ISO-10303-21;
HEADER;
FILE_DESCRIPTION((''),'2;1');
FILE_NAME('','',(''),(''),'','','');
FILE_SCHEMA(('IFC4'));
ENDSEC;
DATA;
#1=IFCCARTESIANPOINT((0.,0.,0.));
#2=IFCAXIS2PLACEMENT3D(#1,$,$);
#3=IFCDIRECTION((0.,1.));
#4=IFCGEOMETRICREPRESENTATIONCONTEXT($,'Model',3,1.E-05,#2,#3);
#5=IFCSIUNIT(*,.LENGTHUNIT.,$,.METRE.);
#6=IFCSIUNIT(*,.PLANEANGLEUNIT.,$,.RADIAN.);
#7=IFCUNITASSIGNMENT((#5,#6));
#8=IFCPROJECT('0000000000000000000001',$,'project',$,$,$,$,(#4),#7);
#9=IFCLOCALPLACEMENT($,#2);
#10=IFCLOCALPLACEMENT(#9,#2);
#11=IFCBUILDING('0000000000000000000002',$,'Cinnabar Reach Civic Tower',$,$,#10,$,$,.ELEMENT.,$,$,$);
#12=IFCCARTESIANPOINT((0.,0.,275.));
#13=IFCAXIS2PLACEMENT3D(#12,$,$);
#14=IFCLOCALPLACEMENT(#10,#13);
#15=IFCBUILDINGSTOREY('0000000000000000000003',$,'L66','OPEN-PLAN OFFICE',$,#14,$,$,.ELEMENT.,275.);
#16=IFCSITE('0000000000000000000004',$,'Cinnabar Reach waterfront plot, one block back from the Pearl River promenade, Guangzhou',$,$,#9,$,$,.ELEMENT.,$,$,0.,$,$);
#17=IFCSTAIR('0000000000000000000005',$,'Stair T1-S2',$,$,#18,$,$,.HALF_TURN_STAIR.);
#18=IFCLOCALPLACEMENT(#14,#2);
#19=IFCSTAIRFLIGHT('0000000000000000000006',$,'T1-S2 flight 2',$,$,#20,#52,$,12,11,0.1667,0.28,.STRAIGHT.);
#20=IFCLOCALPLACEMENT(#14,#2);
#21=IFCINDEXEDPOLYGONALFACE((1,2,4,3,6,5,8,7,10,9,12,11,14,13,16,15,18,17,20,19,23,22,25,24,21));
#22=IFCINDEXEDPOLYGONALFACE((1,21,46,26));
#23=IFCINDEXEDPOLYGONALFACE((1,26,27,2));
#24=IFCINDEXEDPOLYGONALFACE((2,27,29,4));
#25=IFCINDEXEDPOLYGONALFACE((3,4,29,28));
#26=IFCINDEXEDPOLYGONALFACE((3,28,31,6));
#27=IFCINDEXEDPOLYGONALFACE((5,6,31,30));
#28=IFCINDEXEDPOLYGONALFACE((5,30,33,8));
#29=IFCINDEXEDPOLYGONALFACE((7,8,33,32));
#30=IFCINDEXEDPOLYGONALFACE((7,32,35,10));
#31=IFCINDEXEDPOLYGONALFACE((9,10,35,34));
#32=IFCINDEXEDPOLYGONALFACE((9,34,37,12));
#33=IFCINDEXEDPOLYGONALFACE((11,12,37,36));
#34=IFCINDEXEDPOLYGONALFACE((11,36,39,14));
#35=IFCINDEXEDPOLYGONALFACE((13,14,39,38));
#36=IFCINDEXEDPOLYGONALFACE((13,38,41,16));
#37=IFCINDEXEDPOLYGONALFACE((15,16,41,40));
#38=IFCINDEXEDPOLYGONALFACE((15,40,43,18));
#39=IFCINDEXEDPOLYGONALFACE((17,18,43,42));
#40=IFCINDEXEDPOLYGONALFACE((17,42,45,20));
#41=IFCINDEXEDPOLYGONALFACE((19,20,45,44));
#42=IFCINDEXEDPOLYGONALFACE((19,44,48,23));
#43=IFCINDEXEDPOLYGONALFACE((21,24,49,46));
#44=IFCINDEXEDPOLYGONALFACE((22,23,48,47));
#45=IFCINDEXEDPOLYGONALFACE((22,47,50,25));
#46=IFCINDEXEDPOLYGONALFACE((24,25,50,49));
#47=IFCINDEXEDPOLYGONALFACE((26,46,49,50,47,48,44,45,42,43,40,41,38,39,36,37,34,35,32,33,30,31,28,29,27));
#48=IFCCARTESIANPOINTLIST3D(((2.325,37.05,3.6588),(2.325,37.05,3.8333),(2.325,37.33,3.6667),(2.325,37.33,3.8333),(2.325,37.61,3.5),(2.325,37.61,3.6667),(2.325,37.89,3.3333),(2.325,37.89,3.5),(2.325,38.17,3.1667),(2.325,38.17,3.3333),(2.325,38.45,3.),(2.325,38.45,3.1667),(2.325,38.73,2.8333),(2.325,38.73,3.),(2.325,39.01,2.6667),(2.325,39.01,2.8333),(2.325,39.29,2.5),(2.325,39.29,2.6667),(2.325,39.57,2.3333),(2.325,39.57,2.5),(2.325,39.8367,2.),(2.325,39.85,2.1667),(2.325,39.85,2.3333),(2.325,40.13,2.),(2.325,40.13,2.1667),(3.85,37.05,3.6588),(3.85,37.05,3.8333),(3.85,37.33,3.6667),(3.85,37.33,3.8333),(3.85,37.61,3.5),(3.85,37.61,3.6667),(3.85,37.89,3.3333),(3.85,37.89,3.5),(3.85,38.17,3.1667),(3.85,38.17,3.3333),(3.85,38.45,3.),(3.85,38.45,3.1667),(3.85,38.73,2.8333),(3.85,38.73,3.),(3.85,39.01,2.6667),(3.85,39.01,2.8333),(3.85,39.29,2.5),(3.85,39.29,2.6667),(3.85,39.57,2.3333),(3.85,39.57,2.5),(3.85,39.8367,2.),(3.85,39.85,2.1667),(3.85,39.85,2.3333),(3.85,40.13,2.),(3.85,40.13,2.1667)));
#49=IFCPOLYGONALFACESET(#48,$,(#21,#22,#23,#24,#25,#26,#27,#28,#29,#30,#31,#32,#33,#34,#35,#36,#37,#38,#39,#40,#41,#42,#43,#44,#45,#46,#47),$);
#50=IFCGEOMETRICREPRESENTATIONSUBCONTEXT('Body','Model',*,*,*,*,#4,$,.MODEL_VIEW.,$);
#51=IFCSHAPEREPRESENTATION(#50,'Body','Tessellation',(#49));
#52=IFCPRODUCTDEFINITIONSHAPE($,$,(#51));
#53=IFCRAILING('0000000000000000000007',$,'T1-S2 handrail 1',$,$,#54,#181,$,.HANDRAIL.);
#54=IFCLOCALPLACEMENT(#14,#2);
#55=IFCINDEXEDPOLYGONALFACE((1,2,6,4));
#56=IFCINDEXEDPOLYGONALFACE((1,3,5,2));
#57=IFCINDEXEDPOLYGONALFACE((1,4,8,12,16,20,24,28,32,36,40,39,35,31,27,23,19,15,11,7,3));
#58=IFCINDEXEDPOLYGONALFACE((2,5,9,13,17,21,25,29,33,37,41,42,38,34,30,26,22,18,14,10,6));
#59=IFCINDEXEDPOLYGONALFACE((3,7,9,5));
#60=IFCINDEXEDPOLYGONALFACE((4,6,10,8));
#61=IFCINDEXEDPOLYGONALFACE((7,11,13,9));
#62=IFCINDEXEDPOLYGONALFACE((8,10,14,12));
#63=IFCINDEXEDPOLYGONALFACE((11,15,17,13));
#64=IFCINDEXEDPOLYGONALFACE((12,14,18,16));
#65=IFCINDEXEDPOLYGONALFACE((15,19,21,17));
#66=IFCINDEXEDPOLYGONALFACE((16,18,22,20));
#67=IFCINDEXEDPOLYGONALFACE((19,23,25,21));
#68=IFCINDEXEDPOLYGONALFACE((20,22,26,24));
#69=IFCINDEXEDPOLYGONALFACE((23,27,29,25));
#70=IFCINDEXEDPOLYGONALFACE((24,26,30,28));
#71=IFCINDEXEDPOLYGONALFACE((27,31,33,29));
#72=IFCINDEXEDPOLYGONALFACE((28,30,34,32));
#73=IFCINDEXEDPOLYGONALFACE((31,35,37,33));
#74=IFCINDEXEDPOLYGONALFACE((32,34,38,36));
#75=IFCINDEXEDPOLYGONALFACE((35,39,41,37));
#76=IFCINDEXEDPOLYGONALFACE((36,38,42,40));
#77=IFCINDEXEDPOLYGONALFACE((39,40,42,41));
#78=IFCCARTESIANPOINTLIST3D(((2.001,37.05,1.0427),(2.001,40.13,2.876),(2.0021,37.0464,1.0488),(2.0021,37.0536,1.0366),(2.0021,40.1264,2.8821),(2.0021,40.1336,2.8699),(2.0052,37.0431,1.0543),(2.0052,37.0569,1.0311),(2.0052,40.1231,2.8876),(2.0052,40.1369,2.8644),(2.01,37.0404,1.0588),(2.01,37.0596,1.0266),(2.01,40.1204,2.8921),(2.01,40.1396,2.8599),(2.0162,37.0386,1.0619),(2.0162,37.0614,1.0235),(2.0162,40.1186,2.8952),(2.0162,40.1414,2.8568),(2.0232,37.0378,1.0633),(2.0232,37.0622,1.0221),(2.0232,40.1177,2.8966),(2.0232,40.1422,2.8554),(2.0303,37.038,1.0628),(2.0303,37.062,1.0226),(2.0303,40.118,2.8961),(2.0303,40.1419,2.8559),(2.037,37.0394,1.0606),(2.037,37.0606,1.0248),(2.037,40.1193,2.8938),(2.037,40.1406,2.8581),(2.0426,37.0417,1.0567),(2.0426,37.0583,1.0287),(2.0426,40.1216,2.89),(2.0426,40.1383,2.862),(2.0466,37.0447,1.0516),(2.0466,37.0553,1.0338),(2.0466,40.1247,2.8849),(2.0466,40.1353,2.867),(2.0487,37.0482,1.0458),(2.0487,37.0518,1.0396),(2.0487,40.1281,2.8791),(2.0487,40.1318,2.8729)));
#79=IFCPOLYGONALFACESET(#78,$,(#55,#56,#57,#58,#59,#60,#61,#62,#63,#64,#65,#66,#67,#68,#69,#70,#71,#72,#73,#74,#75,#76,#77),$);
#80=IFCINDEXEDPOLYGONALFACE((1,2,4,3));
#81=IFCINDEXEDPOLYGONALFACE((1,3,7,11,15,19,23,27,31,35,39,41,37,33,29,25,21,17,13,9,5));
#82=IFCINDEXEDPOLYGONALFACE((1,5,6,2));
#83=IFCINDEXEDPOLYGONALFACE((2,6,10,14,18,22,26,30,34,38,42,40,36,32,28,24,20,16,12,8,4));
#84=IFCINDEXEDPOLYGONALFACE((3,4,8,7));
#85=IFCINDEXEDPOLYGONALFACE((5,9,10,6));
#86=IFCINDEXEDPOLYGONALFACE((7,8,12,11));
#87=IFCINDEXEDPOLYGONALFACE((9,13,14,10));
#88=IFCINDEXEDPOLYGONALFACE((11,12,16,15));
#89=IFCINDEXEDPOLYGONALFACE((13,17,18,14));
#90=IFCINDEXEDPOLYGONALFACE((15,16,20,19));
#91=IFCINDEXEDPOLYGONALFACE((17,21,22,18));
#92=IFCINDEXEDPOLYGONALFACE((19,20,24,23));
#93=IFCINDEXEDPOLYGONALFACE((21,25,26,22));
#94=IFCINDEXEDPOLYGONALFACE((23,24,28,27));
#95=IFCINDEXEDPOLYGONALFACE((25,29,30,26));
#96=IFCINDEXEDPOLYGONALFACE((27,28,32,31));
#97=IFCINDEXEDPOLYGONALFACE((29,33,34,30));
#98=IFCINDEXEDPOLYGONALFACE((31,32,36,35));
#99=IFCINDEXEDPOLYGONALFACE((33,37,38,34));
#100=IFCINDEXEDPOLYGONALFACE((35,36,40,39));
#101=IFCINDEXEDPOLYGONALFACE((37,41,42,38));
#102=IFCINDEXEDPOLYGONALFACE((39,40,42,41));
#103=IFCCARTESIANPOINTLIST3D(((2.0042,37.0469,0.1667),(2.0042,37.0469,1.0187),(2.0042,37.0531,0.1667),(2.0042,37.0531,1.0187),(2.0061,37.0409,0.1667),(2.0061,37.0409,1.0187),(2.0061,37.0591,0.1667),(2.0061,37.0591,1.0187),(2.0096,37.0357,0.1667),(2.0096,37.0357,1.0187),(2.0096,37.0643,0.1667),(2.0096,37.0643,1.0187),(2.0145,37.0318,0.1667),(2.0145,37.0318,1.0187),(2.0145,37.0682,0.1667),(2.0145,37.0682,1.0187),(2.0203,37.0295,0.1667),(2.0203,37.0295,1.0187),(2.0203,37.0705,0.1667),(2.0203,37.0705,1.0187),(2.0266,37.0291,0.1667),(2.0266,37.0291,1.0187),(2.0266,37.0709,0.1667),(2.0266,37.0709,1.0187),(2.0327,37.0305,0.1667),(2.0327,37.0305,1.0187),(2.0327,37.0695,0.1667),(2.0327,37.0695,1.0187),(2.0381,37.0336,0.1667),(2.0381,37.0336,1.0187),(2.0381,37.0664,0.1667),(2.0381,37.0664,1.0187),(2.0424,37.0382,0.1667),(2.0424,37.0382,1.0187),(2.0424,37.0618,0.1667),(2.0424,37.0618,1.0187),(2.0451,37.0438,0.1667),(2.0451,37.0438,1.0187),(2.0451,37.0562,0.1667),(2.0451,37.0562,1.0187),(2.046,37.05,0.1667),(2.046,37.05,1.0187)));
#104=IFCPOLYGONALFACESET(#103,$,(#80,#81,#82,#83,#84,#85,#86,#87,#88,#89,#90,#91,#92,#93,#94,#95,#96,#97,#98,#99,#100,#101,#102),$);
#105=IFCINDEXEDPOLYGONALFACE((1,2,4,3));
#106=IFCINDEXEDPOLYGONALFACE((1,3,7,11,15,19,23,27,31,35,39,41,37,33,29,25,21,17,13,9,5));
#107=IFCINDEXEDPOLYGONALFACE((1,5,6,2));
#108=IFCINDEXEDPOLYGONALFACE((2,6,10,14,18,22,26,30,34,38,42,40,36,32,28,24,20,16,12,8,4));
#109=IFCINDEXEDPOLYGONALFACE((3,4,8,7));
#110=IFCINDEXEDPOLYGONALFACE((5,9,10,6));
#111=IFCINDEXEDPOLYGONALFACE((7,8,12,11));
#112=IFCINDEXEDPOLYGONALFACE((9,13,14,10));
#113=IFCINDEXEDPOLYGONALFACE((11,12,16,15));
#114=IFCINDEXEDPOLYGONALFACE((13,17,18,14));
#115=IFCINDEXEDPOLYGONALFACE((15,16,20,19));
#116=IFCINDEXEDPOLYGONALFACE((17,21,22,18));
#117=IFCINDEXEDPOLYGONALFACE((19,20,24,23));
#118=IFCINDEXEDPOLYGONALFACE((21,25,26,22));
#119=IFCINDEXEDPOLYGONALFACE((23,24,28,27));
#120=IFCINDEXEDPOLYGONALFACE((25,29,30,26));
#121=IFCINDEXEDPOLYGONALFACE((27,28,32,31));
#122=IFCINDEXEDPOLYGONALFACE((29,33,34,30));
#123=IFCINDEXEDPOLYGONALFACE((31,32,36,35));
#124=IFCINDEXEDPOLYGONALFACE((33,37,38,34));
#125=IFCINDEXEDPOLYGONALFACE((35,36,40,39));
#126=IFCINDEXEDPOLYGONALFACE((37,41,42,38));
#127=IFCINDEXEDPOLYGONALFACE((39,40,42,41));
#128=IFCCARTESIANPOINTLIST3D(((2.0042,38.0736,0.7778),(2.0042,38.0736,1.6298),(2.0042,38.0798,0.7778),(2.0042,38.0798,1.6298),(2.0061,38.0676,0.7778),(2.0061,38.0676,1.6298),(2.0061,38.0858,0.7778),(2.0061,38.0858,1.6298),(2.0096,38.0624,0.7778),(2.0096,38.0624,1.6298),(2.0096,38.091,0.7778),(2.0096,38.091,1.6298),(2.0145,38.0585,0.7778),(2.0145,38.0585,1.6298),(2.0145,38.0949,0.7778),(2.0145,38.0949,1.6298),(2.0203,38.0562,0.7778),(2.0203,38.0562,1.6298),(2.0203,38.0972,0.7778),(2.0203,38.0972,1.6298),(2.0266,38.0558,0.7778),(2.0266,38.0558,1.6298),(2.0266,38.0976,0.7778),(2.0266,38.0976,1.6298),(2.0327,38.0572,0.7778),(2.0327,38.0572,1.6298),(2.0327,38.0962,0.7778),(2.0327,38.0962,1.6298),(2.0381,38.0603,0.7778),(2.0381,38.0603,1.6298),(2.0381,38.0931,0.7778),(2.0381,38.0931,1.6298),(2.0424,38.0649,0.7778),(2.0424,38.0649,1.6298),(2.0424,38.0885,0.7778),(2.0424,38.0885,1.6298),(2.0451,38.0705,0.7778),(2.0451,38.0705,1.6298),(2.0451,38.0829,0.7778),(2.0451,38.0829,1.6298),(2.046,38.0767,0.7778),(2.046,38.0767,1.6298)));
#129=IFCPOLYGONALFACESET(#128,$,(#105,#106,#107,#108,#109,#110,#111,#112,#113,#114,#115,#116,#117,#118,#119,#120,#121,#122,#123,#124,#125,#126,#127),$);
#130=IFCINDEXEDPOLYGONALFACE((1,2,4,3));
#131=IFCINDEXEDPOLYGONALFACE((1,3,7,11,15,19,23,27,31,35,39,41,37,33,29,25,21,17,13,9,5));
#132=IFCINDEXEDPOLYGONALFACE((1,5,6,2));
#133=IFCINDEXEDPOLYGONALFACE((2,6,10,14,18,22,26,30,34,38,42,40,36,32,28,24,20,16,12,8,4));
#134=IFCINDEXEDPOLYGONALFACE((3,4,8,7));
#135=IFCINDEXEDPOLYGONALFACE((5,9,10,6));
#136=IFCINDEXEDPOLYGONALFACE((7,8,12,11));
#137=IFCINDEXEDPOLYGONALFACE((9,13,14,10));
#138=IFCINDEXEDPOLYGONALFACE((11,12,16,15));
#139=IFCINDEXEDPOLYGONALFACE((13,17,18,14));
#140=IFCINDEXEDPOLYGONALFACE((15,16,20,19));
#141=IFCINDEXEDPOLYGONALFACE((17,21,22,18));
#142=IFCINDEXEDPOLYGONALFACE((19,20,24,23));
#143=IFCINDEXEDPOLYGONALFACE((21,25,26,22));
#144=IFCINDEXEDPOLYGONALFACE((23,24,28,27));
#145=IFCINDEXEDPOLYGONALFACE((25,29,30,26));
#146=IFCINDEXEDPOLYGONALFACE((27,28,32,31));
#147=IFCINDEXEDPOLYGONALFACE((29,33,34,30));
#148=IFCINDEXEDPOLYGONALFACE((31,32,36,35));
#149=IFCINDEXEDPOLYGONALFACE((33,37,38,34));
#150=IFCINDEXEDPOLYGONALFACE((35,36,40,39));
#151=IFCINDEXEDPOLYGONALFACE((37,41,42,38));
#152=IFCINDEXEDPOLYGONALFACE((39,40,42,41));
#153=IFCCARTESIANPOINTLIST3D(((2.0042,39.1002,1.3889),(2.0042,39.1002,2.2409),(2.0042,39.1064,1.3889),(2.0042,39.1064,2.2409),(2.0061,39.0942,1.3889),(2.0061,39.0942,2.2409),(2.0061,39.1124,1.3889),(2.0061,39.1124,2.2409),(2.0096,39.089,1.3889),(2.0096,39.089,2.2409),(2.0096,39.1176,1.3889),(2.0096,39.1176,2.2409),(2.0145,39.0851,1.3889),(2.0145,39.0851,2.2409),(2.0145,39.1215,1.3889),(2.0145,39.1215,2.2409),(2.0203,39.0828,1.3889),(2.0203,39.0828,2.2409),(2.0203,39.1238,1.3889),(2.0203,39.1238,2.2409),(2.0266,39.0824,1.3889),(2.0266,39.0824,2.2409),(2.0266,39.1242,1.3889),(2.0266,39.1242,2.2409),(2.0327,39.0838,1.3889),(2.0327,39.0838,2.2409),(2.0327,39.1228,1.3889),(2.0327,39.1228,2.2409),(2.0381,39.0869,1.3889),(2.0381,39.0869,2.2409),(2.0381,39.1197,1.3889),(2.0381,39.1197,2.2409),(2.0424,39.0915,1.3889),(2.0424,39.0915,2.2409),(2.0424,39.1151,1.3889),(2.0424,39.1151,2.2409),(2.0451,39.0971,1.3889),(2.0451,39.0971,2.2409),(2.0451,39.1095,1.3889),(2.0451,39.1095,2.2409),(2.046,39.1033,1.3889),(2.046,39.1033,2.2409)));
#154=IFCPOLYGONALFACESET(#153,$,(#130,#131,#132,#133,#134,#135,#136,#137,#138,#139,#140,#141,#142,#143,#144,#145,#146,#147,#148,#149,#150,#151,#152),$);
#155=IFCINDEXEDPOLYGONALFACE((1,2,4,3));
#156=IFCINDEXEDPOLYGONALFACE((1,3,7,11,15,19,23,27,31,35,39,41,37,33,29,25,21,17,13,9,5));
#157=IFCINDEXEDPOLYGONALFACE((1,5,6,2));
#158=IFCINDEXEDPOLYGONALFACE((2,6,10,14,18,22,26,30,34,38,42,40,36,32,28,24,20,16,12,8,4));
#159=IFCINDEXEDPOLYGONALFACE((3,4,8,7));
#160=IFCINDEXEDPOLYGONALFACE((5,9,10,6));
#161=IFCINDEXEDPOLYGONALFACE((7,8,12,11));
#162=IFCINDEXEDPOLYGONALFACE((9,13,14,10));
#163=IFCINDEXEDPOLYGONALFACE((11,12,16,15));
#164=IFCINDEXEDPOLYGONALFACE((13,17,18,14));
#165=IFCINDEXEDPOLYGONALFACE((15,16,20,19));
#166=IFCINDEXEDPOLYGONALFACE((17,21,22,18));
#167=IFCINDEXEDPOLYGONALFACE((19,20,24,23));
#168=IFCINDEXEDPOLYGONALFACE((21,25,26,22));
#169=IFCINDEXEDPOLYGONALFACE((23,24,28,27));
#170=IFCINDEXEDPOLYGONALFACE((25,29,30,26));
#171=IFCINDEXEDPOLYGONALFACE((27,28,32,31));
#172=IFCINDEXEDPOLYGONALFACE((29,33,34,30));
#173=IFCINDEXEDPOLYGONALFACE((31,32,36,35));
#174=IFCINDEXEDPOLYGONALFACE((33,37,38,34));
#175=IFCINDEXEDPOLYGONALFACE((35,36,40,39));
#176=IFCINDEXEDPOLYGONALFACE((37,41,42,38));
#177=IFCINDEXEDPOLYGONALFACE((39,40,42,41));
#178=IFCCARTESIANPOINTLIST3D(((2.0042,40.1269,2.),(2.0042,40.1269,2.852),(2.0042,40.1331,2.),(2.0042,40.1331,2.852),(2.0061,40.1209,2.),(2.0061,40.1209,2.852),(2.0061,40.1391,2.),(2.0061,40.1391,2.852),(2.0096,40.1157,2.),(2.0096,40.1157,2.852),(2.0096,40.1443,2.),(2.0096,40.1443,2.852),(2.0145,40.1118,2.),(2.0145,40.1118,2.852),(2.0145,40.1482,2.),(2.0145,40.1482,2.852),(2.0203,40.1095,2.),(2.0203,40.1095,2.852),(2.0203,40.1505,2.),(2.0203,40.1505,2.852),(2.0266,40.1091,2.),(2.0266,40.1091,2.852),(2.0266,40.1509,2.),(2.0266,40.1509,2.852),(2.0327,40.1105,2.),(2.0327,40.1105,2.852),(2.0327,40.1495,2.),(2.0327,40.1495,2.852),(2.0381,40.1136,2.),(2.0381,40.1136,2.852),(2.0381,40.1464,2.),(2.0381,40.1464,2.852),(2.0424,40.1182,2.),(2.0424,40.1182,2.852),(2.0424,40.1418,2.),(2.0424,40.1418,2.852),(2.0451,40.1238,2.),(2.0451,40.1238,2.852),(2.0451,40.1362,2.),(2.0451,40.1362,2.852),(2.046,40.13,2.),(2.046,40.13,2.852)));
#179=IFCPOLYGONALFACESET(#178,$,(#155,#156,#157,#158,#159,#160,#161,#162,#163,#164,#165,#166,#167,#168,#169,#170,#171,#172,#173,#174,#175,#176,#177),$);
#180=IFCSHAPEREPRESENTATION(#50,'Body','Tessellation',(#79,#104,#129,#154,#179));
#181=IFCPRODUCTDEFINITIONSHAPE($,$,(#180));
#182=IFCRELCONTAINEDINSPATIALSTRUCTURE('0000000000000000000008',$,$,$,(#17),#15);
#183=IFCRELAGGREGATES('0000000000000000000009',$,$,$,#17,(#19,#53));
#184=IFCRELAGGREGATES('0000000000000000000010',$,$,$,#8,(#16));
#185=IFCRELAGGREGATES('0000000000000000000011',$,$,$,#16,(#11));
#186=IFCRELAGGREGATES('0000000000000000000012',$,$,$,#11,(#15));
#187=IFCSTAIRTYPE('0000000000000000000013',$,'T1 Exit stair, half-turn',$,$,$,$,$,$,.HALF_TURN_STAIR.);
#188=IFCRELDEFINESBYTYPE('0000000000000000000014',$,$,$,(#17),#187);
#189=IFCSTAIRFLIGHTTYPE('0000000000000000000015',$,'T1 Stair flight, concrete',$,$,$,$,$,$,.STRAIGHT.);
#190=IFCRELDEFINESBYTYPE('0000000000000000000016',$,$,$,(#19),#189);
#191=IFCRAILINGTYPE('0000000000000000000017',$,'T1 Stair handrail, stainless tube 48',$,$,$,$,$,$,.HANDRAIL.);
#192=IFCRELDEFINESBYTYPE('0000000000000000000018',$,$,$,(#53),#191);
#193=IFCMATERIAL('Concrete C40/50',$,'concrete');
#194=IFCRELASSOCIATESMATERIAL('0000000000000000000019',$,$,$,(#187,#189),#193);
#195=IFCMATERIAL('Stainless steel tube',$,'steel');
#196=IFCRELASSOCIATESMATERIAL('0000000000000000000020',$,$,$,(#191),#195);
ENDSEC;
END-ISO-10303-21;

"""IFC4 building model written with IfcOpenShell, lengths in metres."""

from ifc_helpers import new_model, si_unit, direction, frame, origin, origin_2d, place, context, subcontext, project, spatial, polyline, circle, outline, extrude, material, type_object, element, aggregate, save


model = new_model("IFC4")

# Units and contexts
model_context = context("Model", 3, precision=1e-05, world=origin(), true_north=direction((0.0, 1.0)))
body_context = subcontext(model_context, "Body", "Model", "MODEL_VIEW")
ifc_project = project(units=[si_unit("LENGTHUNIT", "METRE"), si_unit("PLANEANGLEUNIT", "RADIAN")], contexts=[model_context])

# Site, building, storey
site_placement = place(None, origin())
site = spatial("IfcSite", under=ifc_project, at=site_placement, Name="Cinnabar Reach waterfront plot, one block back from the Pearl River promenade, Guangzhou", CompositionType="ELEMENT", RefElevation=0.0)
building_placement = place(site_placement, origin())
building = spatial("IfcBuilding", under=site, at=building_placement, Name="Cinnabar Reach Civic Tower", CompositionType="ELEMENT")
storey_placement = place(building_placement, frame((0.0, 0.0, 275.0)))
storey = spatial("IfcBuildingStorey", under=building, at=storey_placement, Name="L66", Description="OPEN-PLAN OFFICE", CompositionType="ELEMENT", Elevation=275.0)

# Shared definitions
ifc_material_1 = material(Name="Concrete C40/50", Category="concrete")

# Stair, stair flight, railing
stair_type = type_object("IfcStairType", Name="T1 Exit stair, half-turn", PredefinedType="HALF_TURN_STAIR", material=ifc_material_1)
stair_placement = place(storey_placement, origin())
stair = element("IfcStair", 1, at=stair_placement, inside=storey, type_object=stair_type, Name="Stair T1-S2", PredefinedType="HALF_TURN_STAIR")
stair_flight_type = type_object("IfcStairFlightType", Name="T1 Stair flight, concrete", PredefinedType="STRAIGHT", material=ifc_material_1)
stair_flight_1_placement = place(storey_placement, frame((3.0875, 40.13, 2.0), z_axis=(0.0, 0.0, 1.0), x_axis=(0.0, -1.0, 0.0)))
stair_flight_1 = element("IfcStairFlight", 2, at=stair_flight_1_placement, type_object=stair_flight_type, Name="T1-S2 flight 2", NumberOfRisers=12, NumberOfTreads=11, PredefinedType="STRAIGHT", RiserHeight=0.1667, TreadLength=0.28, context=body_context, shape_type="SweptSolid", body=[
    extrude(outline(polyline([(0.0, 0.0), (0.0, 0.1667), (0.28, 0.1667), (0.28, 0.3333), (0.56, 0.3333), (0.56, 0.5), (0.84, 0.5), (0.84, 0.6667), (1.12, 0.6667), (1.12, 0.8333), (1.4, 0.8333), (1.4, 1.0), (1.68, 1.0), (1.68, 1.1667), (1.96, 1.1667), (1.96, 1.3333), (2.24, 1.3333), (2.24, 1.5), (2.52, 1.5), (2.52, 1.6667), (2.8, 1.6667), (2.8, 1.8333), (3.08, 1.8333), (3.08, 2.0), (3.08, 1.6588), (0.2933, 0.0), (0.0, 0.0)])), frame((0.0, 0.7625, 0.0), z_axis=(0.0, -1.0, 0.0), x_axis=(1.0, 0.0, 0.0)), (0.0, 0.0, 1.0), 1.525),
])
ifc_material_2 = material(Name="Stainless steel tube", Category="steel")
railing_type = type_object("IfcRailingType", Name="T1 Stair handrail, stainless tube 48", PredefinedType="HANDRAIL", material=ifc_material_2)
railing_1_placement = place(storey_placement, frame((2.025, 37.05, 0.1667)))
railing_1 = element("IfcRailing", 3, at=railing_1_placement, type_object=railing_type, Name="T1-S2 handrail 1", PredefinedType="HANDRAIL", context=body_context, shape_type="SweptSolid", body=[
    extrude(circle(Radius=0.024, at=origin_2d()), frame((0.0, 0.0, 0.876), z_axis=(0.0, 0.859297, 0.511477), x_axis=(-1.0, 0.0, 0.0)), (0.0, 0.0, 1.0), 3.5843),
    extrude(circle(Radius=0.021, at=origin_2d()), origin(), (0.0, 0.0, 1.0), 0.852),
    extrude(circle(Radius=0.021, at=origin_2d()), frame((0.0, 1.0267, 0.6111)), (0.0, 0.0, 1.0), 0.852),
    extrude(circle(Radius=0.021, at=origin_2d()), frame((0.0, 2.0533, 1.2222)), (0.0, 0.0, 1.0), 0.852),
    extrude(circle(Radius=0.021, at=origin_2d()), frame((0.0, 3.08, 1.8333)), (0.0, 0.0, 1.0), 0.852),
])
aggregate(stair, [stair_flight_1, railing_1])

save(model, "model.ifc")
